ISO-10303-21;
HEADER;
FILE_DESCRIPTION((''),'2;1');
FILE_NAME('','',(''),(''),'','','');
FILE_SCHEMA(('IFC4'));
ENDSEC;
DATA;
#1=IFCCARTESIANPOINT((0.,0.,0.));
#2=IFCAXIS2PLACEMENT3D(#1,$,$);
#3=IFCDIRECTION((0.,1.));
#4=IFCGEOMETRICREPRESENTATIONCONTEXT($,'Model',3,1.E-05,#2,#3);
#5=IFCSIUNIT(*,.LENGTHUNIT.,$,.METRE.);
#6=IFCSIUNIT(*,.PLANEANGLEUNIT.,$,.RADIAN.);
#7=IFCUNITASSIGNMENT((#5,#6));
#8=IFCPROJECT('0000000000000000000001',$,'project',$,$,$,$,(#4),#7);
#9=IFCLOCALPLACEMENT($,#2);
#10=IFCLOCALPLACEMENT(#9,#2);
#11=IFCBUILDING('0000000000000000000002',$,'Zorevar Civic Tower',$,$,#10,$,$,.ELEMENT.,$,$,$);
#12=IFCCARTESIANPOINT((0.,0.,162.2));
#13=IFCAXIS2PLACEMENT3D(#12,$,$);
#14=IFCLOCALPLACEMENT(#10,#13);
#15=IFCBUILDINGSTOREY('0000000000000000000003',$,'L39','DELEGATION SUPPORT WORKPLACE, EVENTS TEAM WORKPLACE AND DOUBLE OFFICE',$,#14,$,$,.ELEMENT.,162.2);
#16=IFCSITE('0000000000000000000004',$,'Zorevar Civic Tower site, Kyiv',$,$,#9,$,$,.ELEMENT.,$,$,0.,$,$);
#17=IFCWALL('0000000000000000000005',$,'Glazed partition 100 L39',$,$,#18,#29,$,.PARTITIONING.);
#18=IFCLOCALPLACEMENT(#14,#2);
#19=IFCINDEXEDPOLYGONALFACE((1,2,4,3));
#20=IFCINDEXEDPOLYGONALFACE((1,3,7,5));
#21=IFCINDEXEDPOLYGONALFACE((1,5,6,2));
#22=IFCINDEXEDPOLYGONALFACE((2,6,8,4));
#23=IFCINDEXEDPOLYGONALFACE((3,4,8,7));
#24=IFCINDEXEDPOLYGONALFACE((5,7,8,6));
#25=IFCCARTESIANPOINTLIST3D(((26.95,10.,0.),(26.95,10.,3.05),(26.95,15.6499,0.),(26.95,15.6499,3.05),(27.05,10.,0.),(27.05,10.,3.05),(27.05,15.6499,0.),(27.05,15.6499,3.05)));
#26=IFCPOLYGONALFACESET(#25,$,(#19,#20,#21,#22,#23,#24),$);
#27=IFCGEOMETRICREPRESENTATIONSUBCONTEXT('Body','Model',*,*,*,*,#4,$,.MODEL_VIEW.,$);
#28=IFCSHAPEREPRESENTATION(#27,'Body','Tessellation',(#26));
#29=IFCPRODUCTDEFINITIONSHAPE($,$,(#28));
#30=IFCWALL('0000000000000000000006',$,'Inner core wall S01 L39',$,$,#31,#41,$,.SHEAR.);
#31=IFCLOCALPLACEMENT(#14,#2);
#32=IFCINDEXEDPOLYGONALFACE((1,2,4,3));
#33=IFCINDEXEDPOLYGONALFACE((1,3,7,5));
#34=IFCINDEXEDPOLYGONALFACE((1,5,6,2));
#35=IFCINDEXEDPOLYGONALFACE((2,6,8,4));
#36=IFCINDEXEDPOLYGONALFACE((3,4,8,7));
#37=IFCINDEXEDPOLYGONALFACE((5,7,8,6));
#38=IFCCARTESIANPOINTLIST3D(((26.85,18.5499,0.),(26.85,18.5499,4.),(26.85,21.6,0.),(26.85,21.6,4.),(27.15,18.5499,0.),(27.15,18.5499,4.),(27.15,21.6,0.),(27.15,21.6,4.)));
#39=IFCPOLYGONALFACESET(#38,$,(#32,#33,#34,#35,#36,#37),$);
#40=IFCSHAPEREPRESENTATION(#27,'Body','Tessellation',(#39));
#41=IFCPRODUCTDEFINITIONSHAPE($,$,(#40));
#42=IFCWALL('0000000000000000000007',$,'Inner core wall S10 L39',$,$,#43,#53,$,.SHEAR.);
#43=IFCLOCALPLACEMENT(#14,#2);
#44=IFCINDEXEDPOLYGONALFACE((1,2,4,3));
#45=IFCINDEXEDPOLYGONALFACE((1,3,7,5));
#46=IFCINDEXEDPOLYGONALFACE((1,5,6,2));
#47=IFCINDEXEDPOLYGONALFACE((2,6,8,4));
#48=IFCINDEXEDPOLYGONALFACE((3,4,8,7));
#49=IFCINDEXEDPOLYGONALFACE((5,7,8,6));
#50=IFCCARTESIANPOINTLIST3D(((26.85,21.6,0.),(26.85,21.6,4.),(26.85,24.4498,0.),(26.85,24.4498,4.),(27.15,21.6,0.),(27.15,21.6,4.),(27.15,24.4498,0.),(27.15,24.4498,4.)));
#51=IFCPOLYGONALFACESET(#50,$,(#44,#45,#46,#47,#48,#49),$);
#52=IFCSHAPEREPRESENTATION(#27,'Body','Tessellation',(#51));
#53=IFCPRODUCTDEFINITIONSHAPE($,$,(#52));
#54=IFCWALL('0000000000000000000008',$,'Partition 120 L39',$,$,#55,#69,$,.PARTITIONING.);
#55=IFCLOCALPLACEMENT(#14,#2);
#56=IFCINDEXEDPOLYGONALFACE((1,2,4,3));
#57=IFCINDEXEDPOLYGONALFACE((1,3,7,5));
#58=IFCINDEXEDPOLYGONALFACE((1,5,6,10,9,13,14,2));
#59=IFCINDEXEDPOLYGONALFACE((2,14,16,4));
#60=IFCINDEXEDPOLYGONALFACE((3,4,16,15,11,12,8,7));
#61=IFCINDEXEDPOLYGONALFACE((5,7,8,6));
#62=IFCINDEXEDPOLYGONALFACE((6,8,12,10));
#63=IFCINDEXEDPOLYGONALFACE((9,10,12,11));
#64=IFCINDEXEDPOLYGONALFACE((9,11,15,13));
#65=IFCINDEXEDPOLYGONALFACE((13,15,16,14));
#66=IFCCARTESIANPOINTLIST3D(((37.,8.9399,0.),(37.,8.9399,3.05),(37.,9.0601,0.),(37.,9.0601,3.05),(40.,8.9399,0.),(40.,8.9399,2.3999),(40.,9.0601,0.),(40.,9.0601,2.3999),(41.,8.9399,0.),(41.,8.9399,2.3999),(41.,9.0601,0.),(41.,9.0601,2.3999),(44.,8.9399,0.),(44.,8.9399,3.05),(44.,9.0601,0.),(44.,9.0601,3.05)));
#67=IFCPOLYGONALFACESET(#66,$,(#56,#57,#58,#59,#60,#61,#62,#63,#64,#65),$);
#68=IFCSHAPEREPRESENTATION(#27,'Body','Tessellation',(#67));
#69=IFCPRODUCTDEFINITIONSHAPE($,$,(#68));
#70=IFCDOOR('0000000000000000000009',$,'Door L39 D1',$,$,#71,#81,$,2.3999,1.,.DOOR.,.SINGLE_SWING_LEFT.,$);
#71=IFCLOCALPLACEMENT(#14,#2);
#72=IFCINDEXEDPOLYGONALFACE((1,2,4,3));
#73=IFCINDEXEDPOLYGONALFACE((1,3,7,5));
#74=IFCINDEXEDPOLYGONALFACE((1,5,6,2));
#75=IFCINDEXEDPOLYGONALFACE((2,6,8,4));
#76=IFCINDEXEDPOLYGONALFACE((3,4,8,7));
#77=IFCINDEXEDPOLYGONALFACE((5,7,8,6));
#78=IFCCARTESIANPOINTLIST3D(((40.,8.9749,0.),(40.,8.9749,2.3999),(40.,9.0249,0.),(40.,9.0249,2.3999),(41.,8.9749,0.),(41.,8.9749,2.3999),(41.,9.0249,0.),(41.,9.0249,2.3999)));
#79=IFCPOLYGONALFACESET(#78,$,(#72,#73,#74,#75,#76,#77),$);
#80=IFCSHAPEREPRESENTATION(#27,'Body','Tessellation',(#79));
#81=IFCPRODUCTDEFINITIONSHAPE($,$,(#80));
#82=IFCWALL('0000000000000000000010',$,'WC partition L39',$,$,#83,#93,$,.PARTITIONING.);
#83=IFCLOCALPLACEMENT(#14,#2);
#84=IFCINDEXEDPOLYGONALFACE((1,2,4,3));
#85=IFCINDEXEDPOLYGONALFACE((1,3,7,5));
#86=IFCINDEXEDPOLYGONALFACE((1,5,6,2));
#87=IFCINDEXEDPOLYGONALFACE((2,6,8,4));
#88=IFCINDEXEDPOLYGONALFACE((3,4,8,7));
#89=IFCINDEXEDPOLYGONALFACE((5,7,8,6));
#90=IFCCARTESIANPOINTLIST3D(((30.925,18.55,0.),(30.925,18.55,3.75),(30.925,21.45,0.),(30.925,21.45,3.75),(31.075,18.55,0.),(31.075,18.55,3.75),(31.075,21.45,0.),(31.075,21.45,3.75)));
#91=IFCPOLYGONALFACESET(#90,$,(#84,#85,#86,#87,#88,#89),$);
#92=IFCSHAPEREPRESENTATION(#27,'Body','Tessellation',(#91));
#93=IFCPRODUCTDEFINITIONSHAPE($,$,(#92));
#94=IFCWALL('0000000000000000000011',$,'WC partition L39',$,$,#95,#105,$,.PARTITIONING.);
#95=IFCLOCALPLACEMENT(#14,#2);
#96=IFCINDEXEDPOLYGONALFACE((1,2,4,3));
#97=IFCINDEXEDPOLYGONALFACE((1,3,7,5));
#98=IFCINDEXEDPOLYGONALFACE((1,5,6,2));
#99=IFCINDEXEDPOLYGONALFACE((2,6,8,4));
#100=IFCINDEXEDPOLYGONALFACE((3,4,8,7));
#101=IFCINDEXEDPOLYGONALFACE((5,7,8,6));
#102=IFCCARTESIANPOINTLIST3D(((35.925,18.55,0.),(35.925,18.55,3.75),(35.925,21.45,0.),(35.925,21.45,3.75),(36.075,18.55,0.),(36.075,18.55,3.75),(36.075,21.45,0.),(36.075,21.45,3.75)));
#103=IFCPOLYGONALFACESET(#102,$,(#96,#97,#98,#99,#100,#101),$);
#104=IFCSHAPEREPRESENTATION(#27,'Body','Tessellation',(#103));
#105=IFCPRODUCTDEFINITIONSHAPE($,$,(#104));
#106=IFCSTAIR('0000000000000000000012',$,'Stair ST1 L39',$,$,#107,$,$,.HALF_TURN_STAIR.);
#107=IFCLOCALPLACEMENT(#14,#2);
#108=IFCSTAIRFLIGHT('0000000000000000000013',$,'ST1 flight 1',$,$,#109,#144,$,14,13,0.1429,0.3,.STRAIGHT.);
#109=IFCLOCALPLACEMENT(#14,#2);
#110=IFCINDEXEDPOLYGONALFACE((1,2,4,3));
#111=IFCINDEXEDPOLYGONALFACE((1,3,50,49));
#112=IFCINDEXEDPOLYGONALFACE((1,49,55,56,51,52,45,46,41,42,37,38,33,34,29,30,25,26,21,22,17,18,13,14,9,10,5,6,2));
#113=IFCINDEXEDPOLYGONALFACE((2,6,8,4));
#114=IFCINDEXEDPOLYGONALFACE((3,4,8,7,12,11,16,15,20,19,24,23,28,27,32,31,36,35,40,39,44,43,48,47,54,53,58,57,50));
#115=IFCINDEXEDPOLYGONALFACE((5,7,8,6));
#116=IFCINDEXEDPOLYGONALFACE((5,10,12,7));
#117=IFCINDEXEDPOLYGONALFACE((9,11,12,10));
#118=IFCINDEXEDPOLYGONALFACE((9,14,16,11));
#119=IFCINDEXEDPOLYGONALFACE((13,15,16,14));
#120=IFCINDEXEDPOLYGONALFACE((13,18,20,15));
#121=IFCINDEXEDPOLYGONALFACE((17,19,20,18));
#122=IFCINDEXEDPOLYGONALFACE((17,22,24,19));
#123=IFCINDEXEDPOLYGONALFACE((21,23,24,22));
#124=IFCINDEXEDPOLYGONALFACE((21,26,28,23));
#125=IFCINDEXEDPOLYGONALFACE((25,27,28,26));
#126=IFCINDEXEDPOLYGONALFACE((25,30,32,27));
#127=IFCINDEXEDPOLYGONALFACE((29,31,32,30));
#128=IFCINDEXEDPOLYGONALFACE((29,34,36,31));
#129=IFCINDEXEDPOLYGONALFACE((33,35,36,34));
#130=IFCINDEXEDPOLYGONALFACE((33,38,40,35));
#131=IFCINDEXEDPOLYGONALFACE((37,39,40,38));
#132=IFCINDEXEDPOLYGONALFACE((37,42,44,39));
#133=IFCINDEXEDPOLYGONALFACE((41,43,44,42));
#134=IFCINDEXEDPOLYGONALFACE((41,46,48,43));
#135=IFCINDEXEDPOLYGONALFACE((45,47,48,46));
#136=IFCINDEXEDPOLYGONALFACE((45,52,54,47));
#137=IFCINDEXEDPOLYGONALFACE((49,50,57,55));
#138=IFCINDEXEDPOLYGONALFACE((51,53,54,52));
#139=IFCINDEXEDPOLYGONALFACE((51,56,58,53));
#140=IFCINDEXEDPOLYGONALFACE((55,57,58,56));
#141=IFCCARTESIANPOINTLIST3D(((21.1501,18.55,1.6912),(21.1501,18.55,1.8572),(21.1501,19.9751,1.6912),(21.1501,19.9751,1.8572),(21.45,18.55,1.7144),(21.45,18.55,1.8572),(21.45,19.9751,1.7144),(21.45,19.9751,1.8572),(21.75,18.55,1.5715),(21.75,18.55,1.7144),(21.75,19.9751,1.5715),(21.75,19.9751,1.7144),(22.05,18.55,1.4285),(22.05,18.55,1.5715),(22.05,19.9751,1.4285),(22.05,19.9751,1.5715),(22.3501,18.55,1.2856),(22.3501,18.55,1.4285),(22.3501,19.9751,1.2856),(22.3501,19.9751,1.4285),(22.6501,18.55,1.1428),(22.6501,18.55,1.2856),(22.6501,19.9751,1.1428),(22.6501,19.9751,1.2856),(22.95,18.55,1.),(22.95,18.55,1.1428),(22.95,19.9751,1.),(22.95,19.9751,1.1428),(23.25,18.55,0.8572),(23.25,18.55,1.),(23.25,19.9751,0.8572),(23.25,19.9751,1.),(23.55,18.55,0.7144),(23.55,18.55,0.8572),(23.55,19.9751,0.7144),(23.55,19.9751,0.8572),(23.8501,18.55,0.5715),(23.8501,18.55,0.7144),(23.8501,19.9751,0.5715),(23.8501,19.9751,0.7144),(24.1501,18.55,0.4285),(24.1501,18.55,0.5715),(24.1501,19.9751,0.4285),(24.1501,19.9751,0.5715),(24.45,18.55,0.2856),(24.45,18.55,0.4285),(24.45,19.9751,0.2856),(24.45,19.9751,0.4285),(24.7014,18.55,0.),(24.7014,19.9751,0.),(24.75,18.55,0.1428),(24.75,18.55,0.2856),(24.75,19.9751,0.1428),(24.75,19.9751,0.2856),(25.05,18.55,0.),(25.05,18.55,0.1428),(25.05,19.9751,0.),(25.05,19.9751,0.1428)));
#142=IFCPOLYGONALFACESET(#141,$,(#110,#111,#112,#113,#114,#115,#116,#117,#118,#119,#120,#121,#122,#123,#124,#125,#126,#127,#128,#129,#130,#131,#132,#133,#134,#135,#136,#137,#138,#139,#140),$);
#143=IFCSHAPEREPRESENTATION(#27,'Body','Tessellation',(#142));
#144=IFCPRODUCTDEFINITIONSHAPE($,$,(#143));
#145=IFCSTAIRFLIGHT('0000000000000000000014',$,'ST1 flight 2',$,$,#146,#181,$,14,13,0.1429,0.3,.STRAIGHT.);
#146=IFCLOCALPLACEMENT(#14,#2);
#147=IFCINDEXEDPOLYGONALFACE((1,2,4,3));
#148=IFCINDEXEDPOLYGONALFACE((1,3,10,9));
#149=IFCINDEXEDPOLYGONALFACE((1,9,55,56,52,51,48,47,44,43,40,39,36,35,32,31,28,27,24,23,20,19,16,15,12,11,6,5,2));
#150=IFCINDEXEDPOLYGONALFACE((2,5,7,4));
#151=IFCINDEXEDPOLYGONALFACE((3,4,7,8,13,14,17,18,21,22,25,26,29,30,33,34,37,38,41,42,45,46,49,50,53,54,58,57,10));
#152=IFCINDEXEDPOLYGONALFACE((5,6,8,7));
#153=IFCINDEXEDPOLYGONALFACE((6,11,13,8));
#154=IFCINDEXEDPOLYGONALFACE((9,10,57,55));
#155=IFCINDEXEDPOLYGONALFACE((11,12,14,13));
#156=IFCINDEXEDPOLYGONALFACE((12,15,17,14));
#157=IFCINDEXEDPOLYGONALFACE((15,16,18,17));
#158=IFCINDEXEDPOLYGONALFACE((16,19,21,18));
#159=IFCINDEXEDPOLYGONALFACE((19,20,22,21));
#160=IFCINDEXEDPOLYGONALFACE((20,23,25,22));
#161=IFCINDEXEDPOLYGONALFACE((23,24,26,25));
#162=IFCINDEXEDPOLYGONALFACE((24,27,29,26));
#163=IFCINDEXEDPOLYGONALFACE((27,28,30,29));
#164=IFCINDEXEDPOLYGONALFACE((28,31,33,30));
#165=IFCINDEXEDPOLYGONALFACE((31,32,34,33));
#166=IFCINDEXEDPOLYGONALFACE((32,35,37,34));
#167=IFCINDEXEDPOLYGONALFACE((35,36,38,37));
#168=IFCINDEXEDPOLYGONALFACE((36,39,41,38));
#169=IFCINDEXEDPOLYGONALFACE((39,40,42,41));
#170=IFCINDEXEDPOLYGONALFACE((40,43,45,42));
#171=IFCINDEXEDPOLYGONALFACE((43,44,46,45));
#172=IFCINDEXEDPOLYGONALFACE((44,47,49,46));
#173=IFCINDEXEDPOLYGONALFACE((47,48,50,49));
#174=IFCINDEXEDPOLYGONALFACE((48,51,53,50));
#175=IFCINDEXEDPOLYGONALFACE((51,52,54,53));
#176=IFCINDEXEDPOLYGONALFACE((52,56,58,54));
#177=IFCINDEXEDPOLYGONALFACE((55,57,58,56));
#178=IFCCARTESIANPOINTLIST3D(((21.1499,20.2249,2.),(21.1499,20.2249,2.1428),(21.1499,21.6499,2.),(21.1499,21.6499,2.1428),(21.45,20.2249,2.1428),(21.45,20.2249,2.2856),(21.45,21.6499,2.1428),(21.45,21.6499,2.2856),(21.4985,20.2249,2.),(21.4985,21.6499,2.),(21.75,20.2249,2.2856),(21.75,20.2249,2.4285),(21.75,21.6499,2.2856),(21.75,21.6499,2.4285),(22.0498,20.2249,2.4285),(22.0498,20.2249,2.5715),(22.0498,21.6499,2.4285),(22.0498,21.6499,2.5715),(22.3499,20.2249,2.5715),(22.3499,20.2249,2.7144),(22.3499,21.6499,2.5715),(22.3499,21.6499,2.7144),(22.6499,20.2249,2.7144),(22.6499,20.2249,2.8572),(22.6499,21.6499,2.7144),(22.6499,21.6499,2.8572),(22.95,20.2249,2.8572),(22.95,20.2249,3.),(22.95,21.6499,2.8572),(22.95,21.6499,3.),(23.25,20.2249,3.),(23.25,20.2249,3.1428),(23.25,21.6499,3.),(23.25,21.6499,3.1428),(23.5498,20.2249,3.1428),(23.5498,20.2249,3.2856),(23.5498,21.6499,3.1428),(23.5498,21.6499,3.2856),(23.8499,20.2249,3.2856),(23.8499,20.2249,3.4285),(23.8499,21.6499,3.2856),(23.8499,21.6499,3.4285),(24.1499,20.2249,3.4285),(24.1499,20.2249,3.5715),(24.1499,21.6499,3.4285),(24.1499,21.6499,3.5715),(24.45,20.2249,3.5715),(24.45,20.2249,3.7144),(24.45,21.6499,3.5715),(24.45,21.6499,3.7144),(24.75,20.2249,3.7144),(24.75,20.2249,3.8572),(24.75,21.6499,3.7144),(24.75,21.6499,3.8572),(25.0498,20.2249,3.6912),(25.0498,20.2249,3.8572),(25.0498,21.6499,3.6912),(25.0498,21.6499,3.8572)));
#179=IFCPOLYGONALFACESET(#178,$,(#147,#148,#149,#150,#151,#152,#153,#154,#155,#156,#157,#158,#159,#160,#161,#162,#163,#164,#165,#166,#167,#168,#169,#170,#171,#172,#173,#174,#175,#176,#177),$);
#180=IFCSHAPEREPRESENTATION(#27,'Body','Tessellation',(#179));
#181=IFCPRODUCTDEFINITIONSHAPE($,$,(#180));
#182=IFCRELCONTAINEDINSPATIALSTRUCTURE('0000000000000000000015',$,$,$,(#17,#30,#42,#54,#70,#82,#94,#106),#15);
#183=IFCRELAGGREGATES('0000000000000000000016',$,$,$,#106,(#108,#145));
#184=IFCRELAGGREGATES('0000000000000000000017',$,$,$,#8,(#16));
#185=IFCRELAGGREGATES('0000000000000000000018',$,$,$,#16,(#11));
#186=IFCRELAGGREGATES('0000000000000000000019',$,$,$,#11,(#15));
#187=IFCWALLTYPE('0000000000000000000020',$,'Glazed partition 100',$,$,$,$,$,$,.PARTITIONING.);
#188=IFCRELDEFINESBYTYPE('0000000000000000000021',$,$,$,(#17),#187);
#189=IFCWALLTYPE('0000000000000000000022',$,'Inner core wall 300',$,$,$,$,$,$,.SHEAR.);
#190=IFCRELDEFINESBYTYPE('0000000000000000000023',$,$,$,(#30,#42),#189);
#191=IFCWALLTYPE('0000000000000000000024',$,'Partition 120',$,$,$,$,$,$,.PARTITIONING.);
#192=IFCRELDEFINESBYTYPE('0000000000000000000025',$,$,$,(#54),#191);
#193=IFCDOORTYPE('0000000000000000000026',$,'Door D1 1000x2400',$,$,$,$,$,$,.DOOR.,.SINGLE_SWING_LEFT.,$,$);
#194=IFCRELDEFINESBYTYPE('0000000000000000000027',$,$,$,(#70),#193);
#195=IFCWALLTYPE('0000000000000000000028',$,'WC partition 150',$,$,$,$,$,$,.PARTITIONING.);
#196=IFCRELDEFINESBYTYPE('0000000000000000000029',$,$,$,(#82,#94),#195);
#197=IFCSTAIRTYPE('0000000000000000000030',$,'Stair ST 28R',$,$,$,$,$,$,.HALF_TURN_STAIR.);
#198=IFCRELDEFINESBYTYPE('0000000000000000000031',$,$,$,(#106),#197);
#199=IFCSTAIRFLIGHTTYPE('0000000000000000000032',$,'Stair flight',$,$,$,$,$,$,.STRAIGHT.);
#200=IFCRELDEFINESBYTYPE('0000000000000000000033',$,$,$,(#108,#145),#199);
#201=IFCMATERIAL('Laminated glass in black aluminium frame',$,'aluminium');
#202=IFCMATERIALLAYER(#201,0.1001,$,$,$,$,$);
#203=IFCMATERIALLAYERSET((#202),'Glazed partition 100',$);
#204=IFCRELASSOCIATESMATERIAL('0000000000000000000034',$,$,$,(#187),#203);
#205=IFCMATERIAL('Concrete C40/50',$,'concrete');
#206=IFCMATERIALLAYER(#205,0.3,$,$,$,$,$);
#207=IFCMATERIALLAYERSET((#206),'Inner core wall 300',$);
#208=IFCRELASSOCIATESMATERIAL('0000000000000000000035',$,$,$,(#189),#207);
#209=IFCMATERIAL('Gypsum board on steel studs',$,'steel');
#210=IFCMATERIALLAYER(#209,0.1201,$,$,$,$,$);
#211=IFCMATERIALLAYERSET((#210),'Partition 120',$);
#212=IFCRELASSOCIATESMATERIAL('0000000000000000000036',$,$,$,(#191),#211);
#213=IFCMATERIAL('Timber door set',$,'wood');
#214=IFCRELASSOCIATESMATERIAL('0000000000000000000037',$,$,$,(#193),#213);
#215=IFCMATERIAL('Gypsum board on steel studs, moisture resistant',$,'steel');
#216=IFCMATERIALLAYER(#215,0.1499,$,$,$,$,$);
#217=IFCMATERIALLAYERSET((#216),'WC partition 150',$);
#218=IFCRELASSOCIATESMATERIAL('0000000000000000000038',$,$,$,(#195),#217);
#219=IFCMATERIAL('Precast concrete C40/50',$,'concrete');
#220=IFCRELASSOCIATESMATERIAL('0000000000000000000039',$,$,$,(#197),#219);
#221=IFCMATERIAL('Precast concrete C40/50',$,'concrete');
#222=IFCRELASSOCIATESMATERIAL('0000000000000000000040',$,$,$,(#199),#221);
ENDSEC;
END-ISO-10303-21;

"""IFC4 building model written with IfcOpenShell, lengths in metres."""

from ifc_helpers import new_model, si_unit, direction, frame, frame_2d, origin, place, context, subcontext, project, spatial, polyline, rectangle, outline, extrude, material, layer, layer_set, type_object, element, fill, aggregate, save


model = new_model("IFC4")

# Units and contexts
model_context = context("Model", 3, precision=1e-05, world=origin(), true_north=direction((0.0, 1.0)))
body_context = subcontext(model_context, "Body", "Model", "MODEL_VIEW")
ifc_project = project(units=[si_unit("LENGTHUNIT", "METRE"), si_unit("PLANEANGLEUNIT", "RADIAN")], contexts=[model_context])

# Site, building, storey
site_placement = place(None, origin())
site = spatial("IfcSite", under=ifc_project, at=site_placement, Name="Zorevar Civic Tower site, Kyiv", CompositionType="ELEMENT", RefElevation=0.0)
building_placement = place(site_placement, origin())
building = spatial("IfcBuilding", under=site, at=building_placement, Name="Zorevar Civic Tower", CompositionType="ELEMENT")
storey_placement = place(building_placement, frame((0.0, 0.0, 162.2)))
storey = spatial("IfcBuildingStorey", under=building, at=storey_placement, Name="L39", Description="DELEGATION SUPPORT WORKPLACE, EVENTS TEAM WORKPLACE AND DOUBLE OFFICE", CompositionType="ELEMENT", Elevation=162.2)

# Walls
ifc_material_1 = material(Name="Laminated glass in black aluminium frame", Category="aluminium")
ifc_layer_1 = layer(ifc_material_1, 0.1001)
ifc_layer_set_1 = layer_set([ifc_layer_1], Name="Glazed partition 100")
wall_type_1 = type_object("IfcWallType", Name="Glazed partition 100", PredefinedType="PARTITIONING", material=ifc_layer_set_1)
wall_1_placement = place(storey_placement, frame((27.0, 10.0, 0.0), z_axis=(0.0, 0.0, 1.0), x_axis=(0.0, 1.0, 0.0)))
element("IfcWall", 1, at=wall_1_placement, inside=storey, type_object=wall_type_1, Name="Glazed partition 100 L39", PredefinedType="PARTITIONING", context=body_context, shape_type="SweptSolid", body=[
    extrude(rectangle(XDim=5.6499, YDim=0.1001, at=frame_2d((2.825, 0.0))), origin(), (0.0, 0.0, 1.0), 3.05),
])
ifc_material_2 = material(Name="Concrete C40/50", Category="concrete")
ifc_layer_2 = layer(ifc_material_2, 0.3)
ifc_layer_set_2 = layer_set([ifc_layer_2], Name="Inner core wall 300")
wall_type_2 = type_object("IfcWallType", Name="Inner core wall 300", PredefinedType="SHEAR", material=ifc_layer_set_2)
wall_2_placement = place(storey_placement, frame((27.0, 18.55, 0.0), z_axis=(0.0, 0.0, 1.0), x_axis=(0.0, 1.0, 0.0)))
element("IfcWall", 2, at=wall_2_placement, inside=storey, type_object=wall_type_2, Name="Inner core wall S01 L39", PredefinedType="SHEAR", context=body_context, shape_type="SweptSolid", body=[
    extrude(rectangle(XDim=3.05, YDim=0.3, at=frame_2d((1.5249, 0.0))), origin(), (0.0, 0.0, 1.0), 4.0),
])
wall_3_placement = place(storey_placement, frame((27.0, 21.6001, 0.0), z_axis=(0.0, 0.0, 1.0), x_axis=(0.0, 1.0, 0.0)))
element("IfcWall", 3, at=wall_3_placement, inside=storey, type_object=wall_type_2, Name="Inner core wall S10 L39", PredefinedType="SHEAR", context=body_context, shape_type="SweptSolid", body=[
    extrude(rectangle(XDim=2.8499, YDim=0.3, at=frame_2d((1.4248, 0.0))), origin(), (0.0, 0.0, 1.0), 4.0),
])

# Wall, opening, door
ifc_material_3 = material(Name="Gypsum board on steel studs", Category="steel")
ifc_layer_3 = layer(ifc_material_3, 0.1201)
ifc_layer_set_3 = layer_set([ifc_layer_3], Name="Partition 120")
wall_type_3 = type_object("IfcWallType", Name="Partition 120", PredefinedType="PARTITIONING", material=ifc_layer_set_3)
ifc_material_4 = material(Name="Timber door set", Category="wood")
door_type = type_object("IfcDoorType", Name="Door D1 1000x2400", OperationType="SINGLE_SWING_LEFT", PredefinedType="DOOR", material=ifc_material_4)
wall_4_placement = place(storey_placement, frame((37.0, 9.0, 0.0), z_axis=(0.0, 0.0, 1.0), x_axis=(1.0, 0.0, 0.0)))
wall_4 = element("IfcWall", 4, at=wall_4_placement, inside=storey, type_object=wall_type_3, Name="Partition 120 L39", PredefinedType="PARTITIONING", context=body_context, shape_type="SweptSolid", body=[
    extrude(rectangle(XDim=7.0, YDim=0.1201, at=frame_2d((3.5, 0.0))), origin(), (0.0, 0.0, 1.0), 3.05),
])
opening_1_placement = place(wall_4_placement, frame((3.0, 0.0, 0.0)))
opening_1 = element("IfcOpeningElement", 5, at=opening_1_placement, cuts=wall_4, PredefinedType="OPENING", context=body_context, shape_type="SweptSolid", body=[
    extrude(rectangle(XDim=1.0, YDim=2.3999, at=frame_2d((0.5, 1.2))), frame((0.0, 0.0701, 0.0), z_axis=(0.0, -1.0, 0.0), x_axis=(1.0, 0.0, 0.0)), (0.0, 0.0, 1.0), 0.1401),
])
door_1_placement = place(opening_1_placement, origin())
door_1 = element("IfcDoor", 6, at=door_1_placement, inside=storey, type_object=door_type, Name="Door L39 D1", OperationType="SINGLE_SWING_LEFT", OverallHeight=2.3999, OverallWidth=1.0, PredefinedType="DOOR", context=body_context, shape_type="SweptSolid", body=[
    extrude(rectangle(XDim=1.0, YDim=2.3999, at=frame_2d((0.5, 1.2))), frame((0.0, 0.0249, 0.0), z_axis=(0.0, -1.0, 0.0), x_axis=(1.0, 0.0, 0.0)), (0.0, 0.0, 1.0), 0.05),
])
fill(opening_1, door_1)

# Walls
ifc_material_5 = material(Name="Gypsum board on steel studs, moisture resistant", Category="steel")
ifc_layer_4 = layer(ifc_material_5, 0.1499)
ifc_layer_set_4 = layer_set([ifc_layer_4], Name="WC partition 150")
wall_type_4 = type_object("IfcWallType", Name="WC partition 150", PredefinedType="PARTITIONING", material=ifc_layer_set_4)
for number, where, z_axis, x_axis, name in (
    (7, (31.0, 18.55, 0.0), (0.0, 0.0, 1.0), (0.0, 1.0, 0.0), "WC partition L39"),
    (8, (36.0, 18.55, 0.0), (0.0, 0.0, 1.0), (0.0, 1.0, 0.0), "WC partition L39"),
):
    element("IfcWall", number, at=place(storey_placement, frame(where, z_axis=z_axis, x_axis=x_axis)), inside=storey, type_object=wall_type_4, Name=name, PredefinedType="PARTITIONING", context=body_context, shape_type="SweptSolid", body=[
        extrude(rectangle(XDim=2.8999, YDim=0.1499, at=frame_2d((1.45, 0.0))), origin(), (0.0, 0.0, 1.0), 3.75),
    ])

# Stair, stair flights
ifc_material_6 = material(Name="Precast concrete C40/50", Category="concrete")
stair_type = type_object("IfcStairType", Name="Stair ST 28R", PredefinedType="HALF_TURN_STAIR", material=ifc_material_6)
stair_placement = place(storey_placement, origin())
stair = element("IfcStair", 9, at=stair_placement, inside=storey, type_object=stair_type, Name="Stair ST1 L39", PredefinedType="HALF_TURN_STAIR")
ifc_material_7 = material(Name="Precast concrete C40/50", Category="concrete")
stair_flight_type = type_object("IfcStairFlightType", Name="Stair flight", PredefinedType="STRAIGHT", material=ifc_material_7)
stair_flight_1_placement = place(storey_placement, frame((25.05, 19.2625, 0.0), z_axis=(0.0, 0.0, 1.0), x_axis=(-1.0, 0.0, 0.0)))
stair_flight_1 = element("IfcStairFlight", 10, at=stair_flight_1_placement, type_object=stair_flight_type, Name="ST1 flight 1", NumberOfRisers=14, NumberOfTreads=13, PredefinedType="STRAIGHT", RiserHeight=0.1429, TreadLength=0.3, context=body_context, shape_type="SweptSolid", body=[
    extrude(outline(polyline([(0.0, 0.0), (0.0, 0.1428), (0.3, 0.1428), (0.3, 0.2856), (0.6001, 0.2856), (0.6001, 0.4285), (0.8999, 0.4285), (0.8999, 0.5715), (1.2, 0.5715), (1.2, 0.7144), (1.5, 0.7144), (1.5, 0.8572), (1.8, 0.8572), (1.8, 1.0), (2.1001, 1.0), (2.1001, 1.1428), (2.3999, 1.1428), (2.3999, 1.2856), (2.7, 1.2856), (2.7, 1.4285), (3.0, 1.4285), (3.0, 1.5715), (3.3, 1.5715), (3.3, 1.7144), (3.6001, 1.7144), (3.6001, 1.8572), (3.8999, 1.8572), (3.8999, 2.0), (3.8999, 1.6912), (0.3486, 0.0), (0.0, 0.0)])), frame((0.0, 0.7124, 0.0), z_axis=(0.0, -1.0, 0.0), x_axis=(1.0, 0.0, 0.0)), (0.0, 0.0, 1.0), 1.425),
])
stair_flight_2_placement = place(storey_placement, frame((21.1499, 20.9375, 2.0), z_axis=(0.0, 0.0, 1.0), x_axis=(1.0, 0.0, 0.0)))
stair_flight_2 = element("IfcStairFlight", 11, at=stair_flight_2_placement, type_object=stair_flight_type, Name="ST1 flight 2", NumberOfRisers=14, NumberOfTreads=13, PredefinedType="STRAIGHT", RiserHeight=0.1429, TreadLength=0.3, context=body_context, shape_type="SweptSolid", body=[
    extrude(outline(polyline([(0.0, 0.0), (0.0, 0.1428), (0.3, 0.1428), (0.3, 0.2856), (0.6001, 0.2856), (0.6001, 0.4285), (0.8999, 0.4285), (0.8999, 0.5715), (1.2, 0.5715), (1.2, 0.7144), (1.5, 0.7144), (1.5, 0.8572), (1.8, 0.8572), (1.8, 1.0), (2.1001, 1.0), (2.1001, 1.1428), (2.3999, 1.1428), (2.3999, 1.2856), (2.7, 1.2856), (2.7, 1.4285), (3.0, 1.4285), (3.0, 1.5715), (3.3, 1.5715), (3.3, 1.7144), (3.6001, 1.7144), (3.6001, 1.8572), (3.8999, 1.8572), (3.8999, 2.0), (3.8999, 1.6912), (0.3486, 0.0), (0.0, 0.0)])), frame((0.0, 0.7124, 0.0), z_axis=(0.0, -1.0, 0.0), x_axis=(1.0, 0.0, 0.0)), (0.0, 0.0, 1.0), 1.425),
])
aggregate(stair, [stair_flight_1, stair_flight_2])

save(model, "model.ifc")
